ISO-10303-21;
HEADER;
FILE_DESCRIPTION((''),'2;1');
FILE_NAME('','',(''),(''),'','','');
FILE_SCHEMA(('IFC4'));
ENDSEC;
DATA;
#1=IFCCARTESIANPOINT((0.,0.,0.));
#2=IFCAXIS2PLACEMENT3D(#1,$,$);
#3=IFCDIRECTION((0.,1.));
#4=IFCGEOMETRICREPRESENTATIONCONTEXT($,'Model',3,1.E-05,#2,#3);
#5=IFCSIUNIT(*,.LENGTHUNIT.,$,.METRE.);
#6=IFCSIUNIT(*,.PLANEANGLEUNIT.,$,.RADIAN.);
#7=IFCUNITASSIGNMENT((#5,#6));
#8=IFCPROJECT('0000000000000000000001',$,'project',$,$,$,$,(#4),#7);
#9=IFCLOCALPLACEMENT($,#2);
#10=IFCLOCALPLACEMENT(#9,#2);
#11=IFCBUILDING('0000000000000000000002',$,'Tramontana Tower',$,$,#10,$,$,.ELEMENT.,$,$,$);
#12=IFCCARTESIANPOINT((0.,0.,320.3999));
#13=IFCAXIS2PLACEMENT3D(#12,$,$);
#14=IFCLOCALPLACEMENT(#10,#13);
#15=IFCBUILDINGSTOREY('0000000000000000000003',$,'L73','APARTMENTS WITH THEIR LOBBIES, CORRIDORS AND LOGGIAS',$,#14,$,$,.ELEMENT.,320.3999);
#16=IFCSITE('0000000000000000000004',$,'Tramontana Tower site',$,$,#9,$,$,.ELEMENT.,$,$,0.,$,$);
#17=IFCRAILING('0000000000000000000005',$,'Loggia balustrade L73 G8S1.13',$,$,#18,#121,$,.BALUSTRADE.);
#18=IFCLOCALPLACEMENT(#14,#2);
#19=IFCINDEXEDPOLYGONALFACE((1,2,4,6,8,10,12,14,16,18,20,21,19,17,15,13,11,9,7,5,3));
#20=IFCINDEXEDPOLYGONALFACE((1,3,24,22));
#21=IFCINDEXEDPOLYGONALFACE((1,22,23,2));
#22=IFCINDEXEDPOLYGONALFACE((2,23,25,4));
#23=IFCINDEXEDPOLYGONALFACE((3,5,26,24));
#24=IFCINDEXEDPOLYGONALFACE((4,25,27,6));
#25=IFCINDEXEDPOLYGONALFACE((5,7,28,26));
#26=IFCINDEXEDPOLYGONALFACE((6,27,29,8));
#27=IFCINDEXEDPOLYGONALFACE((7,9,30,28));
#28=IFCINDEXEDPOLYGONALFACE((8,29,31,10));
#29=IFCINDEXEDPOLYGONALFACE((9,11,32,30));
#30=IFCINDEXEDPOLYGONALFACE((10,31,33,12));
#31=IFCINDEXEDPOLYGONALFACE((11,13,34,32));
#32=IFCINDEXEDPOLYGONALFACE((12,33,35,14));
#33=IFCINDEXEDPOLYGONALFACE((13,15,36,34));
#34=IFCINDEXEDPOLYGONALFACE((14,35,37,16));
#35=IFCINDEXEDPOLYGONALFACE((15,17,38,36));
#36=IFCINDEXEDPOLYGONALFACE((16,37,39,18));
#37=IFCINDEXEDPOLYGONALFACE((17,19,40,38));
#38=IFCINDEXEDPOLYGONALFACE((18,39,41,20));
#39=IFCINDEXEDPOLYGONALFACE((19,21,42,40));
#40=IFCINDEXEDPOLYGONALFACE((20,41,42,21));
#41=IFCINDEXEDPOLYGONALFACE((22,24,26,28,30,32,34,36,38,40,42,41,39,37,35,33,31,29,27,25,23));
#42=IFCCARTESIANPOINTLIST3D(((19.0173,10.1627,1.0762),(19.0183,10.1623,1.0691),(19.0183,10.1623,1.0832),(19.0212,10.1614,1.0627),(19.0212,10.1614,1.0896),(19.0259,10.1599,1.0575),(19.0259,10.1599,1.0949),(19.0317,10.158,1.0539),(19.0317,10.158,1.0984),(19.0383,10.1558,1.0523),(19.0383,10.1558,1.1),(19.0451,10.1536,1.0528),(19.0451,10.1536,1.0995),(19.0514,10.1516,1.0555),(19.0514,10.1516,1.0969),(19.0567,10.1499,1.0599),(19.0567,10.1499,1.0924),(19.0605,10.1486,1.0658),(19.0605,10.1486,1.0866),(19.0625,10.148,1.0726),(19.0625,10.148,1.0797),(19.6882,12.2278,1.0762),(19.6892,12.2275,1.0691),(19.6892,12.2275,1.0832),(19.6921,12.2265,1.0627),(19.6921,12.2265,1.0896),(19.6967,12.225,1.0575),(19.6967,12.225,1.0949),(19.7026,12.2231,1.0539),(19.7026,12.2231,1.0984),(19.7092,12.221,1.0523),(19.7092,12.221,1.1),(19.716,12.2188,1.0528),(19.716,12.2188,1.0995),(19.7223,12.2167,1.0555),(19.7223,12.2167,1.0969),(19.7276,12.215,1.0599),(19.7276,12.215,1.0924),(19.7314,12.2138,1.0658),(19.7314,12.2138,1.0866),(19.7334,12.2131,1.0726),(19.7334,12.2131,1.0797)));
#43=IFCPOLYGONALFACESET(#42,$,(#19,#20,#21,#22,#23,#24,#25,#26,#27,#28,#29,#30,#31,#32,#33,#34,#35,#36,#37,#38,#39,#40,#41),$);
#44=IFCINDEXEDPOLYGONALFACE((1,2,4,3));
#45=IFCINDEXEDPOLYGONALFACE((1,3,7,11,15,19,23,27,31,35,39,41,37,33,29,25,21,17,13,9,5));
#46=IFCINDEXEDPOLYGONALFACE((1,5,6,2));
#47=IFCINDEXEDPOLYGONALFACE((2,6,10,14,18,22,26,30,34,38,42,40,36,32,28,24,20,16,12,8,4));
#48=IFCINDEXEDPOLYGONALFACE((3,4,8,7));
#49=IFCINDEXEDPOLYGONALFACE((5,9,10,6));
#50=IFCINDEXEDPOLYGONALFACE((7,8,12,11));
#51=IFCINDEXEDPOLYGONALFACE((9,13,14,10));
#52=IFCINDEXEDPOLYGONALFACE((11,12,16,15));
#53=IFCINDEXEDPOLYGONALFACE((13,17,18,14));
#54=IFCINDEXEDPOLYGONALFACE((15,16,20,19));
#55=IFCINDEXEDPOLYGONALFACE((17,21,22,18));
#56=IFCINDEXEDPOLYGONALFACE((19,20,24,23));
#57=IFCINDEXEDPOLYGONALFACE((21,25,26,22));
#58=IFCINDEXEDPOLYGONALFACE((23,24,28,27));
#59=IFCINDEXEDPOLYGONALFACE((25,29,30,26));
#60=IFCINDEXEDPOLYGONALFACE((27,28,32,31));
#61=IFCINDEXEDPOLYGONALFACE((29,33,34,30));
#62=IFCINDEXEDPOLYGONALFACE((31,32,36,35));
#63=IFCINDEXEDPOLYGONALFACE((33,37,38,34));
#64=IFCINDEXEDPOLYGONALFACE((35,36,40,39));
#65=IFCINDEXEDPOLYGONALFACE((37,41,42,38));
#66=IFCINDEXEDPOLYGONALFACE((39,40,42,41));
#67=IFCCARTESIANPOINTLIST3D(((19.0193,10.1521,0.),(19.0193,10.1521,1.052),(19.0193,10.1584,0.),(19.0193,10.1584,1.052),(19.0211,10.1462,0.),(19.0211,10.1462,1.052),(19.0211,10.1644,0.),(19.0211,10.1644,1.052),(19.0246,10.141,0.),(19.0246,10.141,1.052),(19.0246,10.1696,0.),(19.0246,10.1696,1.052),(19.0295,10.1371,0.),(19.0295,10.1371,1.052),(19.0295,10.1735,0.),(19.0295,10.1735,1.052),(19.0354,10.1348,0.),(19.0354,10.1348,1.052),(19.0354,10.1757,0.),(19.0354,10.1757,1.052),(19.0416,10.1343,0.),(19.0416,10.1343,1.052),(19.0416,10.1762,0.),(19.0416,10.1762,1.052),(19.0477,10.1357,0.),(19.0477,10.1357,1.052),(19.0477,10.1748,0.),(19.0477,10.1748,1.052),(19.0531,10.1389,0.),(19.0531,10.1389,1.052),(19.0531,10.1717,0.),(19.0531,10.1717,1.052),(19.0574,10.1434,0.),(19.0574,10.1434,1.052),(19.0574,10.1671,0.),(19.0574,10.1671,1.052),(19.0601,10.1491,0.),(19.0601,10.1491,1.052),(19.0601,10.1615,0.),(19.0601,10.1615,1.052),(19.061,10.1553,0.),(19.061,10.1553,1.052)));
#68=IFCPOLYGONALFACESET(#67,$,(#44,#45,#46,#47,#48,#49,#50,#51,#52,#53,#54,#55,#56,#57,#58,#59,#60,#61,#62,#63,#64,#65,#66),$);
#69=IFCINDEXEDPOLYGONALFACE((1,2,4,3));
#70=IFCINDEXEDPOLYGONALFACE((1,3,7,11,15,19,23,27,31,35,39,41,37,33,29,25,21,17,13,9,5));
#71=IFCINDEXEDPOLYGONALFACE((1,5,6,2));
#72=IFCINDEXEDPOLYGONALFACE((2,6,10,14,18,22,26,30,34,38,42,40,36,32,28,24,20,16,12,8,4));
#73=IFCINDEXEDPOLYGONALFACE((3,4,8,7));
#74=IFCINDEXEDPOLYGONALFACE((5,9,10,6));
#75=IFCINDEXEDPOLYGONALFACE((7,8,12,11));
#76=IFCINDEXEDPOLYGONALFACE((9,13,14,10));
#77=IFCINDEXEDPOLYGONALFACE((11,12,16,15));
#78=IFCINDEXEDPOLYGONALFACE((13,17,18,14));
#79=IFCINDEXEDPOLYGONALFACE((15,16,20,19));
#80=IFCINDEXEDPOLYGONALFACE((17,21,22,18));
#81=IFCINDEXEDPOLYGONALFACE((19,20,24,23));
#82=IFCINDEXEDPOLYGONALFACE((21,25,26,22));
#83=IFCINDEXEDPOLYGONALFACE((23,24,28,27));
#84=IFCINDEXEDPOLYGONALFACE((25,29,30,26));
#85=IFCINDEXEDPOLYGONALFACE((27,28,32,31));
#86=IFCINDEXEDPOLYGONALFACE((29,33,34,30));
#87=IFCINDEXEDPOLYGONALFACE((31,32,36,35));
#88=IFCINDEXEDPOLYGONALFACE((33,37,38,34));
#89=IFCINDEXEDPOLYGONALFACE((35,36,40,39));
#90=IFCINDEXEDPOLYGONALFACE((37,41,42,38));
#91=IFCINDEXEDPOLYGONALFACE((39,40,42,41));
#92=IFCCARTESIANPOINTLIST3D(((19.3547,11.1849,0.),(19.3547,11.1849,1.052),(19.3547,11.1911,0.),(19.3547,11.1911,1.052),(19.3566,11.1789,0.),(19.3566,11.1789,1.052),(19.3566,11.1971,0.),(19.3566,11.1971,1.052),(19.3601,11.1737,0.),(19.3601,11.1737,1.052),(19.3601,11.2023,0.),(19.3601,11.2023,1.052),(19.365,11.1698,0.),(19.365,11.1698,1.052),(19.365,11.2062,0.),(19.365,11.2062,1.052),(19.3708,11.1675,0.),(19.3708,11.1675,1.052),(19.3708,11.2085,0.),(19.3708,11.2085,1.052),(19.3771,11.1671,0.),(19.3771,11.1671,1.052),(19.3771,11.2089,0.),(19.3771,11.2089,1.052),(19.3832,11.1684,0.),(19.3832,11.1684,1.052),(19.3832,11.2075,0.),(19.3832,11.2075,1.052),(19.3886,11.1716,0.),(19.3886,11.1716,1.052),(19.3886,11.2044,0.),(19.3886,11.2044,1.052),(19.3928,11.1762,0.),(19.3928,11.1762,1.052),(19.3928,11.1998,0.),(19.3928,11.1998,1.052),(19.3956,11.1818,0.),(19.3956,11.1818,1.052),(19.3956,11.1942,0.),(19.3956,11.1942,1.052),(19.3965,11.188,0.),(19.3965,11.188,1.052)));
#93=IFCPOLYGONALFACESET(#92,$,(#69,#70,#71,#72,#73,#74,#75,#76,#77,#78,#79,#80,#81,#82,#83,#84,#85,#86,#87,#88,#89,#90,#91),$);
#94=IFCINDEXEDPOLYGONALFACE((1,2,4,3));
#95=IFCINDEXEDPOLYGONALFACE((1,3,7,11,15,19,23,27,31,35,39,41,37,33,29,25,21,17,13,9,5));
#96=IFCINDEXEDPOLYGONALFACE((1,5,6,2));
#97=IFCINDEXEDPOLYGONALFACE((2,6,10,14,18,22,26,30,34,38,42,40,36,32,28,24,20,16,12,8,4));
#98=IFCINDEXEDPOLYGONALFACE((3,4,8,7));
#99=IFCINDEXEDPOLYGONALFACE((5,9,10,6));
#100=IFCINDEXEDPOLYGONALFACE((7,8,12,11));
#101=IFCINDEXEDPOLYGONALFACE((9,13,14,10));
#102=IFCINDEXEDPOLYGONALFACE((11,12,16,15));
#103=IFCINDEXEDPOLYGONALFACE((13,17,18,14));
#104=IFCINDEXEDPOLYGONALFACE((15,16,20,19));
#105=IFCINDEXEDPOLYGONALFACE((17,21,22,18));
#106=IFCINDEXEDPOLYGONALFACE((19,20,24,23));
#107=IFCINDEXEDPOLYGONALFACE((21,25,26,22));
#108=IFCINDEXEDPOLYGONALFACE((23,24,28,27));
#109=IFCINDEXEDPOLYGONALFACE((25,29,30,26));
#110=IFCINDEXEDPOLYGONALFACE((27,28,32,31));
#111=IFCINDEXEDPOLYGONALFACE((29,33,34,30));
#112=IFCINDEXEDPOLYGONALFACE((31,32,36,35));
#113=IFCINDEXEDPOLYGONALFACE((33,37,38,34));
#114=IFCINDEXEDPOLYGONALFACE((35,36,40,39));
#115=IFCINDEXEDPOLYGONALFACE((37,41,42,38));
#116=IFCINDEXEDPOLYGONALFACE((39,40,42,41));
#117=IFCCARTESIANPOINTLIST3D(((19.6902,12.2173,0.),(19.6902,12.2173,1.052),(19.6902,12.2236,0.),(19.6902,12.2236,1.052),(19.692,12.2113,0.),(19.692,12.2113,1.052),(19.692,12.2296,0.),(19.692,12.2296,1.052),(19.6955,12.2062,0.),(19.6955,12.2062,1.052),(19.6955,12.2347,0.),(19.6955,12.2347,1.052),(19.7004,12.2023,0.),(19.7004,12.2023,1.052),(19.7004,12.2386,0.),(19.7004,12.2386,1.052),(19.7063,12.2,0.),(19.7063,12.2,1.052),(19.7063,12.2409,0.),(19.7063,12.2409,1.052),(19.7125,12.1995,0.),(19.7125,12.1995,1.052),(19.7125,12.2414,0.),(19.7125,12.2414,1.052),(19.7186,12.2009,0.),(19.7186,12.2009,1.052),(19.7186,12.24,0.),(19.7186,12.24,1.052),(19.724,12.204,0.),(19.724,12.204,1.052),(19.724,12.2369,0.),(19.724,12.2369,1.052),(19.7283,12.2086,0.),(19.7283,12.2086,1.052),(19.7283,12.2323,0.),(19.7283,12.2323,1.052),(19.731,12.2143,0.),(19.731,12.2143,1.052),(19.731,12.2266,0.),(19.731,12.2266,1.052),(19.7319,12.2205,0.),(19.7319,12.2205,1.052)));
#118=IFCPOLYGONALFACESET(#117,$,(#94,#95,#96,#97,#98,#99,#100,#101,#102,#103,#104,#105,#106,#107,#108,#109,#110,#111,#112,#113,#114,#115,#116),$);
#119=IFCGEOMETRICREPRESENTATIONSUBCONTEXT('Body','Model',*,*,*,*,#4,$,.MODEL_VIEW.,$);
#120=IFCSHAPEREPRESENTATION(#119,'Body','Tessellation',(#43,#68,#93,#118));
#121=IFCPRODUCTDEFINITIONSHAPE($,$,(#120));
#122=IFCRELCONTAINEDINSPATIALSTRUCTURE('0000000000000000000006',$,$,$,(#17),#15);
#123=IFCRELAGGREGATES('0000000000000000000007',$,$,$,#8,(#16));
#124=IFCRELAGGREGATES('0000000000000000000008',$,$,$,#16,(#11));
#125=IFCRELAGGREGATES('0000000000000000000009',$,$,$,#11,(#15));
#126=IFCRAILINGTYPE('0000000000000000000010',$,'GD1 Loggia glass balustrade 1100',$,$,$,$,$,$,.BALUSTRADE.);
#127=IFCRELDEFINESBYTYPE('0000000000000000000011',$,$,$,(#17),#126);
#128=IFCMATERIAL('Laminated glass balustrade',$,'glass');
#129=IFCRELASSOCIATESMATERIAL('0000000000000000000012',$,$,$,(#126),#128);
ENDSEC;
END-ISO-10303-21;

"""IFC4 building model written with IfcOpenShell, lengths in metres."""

from ifc_helpers import new_model, si_unit, direction, frame, origin, origin_2d, place, context, subcontext, project, spatial, circle, extrude, material, type_object, element, save


model = new_model("IFC4")

# Units and contexts
model_context = context("Model", 3, precision=1e-05, world=origin(), true_north=direction((0.0, 1.0)))
body_context = subcontext(model_context, "Body", "Model", "MODEL_VIEW")
ifc_project = project(units=[si_unit("LENGTHUNIT", "METRE"), si_unit("PLANEANGLEUNIT", "RADIAN")], contexts=[model_context])

# Site, building, storey
site_placement = place(None, origin())
site = spatial("IfcSite", under=ifc_project, at=site_placement, Name="Tramontana Tower site", CompositionType="ELEMENT", RefElevation=0.0)
building_placement = place(site_placement, origin())
building = spatial("IfcBuilding", under=site, at=building_placement, Name="Tramontana Tower", CompositionType="ELEMENT")
storey_placement = place(building_placement, frame((0.0, 0.0, 320.3999)))
storey = spatial("IfcBuildingStorey", under=building, at=storey_placement, Name="L73", Description="APARTMENTS WITH THEIR LOBBIES, CORRIDORS AND LOGGIAS", CompositionType="ELEMENT", Elevation=320.3999)

# Railing
ifc_material_1 = material(Name="Laminated glass balustrade", Category="glass")
railing_type = type_object("IfcRailingType", Name="GD1 Loggia glass balustrade 1100", PredefinedType="BALUSTRADE", material=ifc_material_1)
railing_1_placement = place(storey_placement, frame((19.04, 10.1553, 0.0)))
element("IfcRailing", 1, at=railing_1_placement, inside=storey, type_object=railing_type, Name="Loggia balustrade L73 G8S1.13", PredefinedType="BALUSTRADE", context=body_context, shape_type="SweptSolid", body=[
    extrude(circle(Radius=0.0239, at=origin_2d()), frame((0.0, 0.0, 1.0762), z_axis=(0.308967, 0.951073, 0.0), x_axis=(-0.951073, 0.308967, 0.0)), (0.0, 0.0, 1.0), 2.1714),
    extrude(circle(Radius=0.021, at=origin_2d()), origin(), (0.0, 0.0, 1.0), 1.052),
    extrude(circle(Radius=0.021, at=origin_2d()), frame((0.3354, 1.0327, 0.0)), (0.0, 0.0, 1.0), 1.052),
    extrude(circle(Radius=0.021, at=origin_2d()), frame((0.6709, 2.0652, 0.0)), (0.0, 0.0, 1.0), 1.052),
])

save(model, "model.ifc")
